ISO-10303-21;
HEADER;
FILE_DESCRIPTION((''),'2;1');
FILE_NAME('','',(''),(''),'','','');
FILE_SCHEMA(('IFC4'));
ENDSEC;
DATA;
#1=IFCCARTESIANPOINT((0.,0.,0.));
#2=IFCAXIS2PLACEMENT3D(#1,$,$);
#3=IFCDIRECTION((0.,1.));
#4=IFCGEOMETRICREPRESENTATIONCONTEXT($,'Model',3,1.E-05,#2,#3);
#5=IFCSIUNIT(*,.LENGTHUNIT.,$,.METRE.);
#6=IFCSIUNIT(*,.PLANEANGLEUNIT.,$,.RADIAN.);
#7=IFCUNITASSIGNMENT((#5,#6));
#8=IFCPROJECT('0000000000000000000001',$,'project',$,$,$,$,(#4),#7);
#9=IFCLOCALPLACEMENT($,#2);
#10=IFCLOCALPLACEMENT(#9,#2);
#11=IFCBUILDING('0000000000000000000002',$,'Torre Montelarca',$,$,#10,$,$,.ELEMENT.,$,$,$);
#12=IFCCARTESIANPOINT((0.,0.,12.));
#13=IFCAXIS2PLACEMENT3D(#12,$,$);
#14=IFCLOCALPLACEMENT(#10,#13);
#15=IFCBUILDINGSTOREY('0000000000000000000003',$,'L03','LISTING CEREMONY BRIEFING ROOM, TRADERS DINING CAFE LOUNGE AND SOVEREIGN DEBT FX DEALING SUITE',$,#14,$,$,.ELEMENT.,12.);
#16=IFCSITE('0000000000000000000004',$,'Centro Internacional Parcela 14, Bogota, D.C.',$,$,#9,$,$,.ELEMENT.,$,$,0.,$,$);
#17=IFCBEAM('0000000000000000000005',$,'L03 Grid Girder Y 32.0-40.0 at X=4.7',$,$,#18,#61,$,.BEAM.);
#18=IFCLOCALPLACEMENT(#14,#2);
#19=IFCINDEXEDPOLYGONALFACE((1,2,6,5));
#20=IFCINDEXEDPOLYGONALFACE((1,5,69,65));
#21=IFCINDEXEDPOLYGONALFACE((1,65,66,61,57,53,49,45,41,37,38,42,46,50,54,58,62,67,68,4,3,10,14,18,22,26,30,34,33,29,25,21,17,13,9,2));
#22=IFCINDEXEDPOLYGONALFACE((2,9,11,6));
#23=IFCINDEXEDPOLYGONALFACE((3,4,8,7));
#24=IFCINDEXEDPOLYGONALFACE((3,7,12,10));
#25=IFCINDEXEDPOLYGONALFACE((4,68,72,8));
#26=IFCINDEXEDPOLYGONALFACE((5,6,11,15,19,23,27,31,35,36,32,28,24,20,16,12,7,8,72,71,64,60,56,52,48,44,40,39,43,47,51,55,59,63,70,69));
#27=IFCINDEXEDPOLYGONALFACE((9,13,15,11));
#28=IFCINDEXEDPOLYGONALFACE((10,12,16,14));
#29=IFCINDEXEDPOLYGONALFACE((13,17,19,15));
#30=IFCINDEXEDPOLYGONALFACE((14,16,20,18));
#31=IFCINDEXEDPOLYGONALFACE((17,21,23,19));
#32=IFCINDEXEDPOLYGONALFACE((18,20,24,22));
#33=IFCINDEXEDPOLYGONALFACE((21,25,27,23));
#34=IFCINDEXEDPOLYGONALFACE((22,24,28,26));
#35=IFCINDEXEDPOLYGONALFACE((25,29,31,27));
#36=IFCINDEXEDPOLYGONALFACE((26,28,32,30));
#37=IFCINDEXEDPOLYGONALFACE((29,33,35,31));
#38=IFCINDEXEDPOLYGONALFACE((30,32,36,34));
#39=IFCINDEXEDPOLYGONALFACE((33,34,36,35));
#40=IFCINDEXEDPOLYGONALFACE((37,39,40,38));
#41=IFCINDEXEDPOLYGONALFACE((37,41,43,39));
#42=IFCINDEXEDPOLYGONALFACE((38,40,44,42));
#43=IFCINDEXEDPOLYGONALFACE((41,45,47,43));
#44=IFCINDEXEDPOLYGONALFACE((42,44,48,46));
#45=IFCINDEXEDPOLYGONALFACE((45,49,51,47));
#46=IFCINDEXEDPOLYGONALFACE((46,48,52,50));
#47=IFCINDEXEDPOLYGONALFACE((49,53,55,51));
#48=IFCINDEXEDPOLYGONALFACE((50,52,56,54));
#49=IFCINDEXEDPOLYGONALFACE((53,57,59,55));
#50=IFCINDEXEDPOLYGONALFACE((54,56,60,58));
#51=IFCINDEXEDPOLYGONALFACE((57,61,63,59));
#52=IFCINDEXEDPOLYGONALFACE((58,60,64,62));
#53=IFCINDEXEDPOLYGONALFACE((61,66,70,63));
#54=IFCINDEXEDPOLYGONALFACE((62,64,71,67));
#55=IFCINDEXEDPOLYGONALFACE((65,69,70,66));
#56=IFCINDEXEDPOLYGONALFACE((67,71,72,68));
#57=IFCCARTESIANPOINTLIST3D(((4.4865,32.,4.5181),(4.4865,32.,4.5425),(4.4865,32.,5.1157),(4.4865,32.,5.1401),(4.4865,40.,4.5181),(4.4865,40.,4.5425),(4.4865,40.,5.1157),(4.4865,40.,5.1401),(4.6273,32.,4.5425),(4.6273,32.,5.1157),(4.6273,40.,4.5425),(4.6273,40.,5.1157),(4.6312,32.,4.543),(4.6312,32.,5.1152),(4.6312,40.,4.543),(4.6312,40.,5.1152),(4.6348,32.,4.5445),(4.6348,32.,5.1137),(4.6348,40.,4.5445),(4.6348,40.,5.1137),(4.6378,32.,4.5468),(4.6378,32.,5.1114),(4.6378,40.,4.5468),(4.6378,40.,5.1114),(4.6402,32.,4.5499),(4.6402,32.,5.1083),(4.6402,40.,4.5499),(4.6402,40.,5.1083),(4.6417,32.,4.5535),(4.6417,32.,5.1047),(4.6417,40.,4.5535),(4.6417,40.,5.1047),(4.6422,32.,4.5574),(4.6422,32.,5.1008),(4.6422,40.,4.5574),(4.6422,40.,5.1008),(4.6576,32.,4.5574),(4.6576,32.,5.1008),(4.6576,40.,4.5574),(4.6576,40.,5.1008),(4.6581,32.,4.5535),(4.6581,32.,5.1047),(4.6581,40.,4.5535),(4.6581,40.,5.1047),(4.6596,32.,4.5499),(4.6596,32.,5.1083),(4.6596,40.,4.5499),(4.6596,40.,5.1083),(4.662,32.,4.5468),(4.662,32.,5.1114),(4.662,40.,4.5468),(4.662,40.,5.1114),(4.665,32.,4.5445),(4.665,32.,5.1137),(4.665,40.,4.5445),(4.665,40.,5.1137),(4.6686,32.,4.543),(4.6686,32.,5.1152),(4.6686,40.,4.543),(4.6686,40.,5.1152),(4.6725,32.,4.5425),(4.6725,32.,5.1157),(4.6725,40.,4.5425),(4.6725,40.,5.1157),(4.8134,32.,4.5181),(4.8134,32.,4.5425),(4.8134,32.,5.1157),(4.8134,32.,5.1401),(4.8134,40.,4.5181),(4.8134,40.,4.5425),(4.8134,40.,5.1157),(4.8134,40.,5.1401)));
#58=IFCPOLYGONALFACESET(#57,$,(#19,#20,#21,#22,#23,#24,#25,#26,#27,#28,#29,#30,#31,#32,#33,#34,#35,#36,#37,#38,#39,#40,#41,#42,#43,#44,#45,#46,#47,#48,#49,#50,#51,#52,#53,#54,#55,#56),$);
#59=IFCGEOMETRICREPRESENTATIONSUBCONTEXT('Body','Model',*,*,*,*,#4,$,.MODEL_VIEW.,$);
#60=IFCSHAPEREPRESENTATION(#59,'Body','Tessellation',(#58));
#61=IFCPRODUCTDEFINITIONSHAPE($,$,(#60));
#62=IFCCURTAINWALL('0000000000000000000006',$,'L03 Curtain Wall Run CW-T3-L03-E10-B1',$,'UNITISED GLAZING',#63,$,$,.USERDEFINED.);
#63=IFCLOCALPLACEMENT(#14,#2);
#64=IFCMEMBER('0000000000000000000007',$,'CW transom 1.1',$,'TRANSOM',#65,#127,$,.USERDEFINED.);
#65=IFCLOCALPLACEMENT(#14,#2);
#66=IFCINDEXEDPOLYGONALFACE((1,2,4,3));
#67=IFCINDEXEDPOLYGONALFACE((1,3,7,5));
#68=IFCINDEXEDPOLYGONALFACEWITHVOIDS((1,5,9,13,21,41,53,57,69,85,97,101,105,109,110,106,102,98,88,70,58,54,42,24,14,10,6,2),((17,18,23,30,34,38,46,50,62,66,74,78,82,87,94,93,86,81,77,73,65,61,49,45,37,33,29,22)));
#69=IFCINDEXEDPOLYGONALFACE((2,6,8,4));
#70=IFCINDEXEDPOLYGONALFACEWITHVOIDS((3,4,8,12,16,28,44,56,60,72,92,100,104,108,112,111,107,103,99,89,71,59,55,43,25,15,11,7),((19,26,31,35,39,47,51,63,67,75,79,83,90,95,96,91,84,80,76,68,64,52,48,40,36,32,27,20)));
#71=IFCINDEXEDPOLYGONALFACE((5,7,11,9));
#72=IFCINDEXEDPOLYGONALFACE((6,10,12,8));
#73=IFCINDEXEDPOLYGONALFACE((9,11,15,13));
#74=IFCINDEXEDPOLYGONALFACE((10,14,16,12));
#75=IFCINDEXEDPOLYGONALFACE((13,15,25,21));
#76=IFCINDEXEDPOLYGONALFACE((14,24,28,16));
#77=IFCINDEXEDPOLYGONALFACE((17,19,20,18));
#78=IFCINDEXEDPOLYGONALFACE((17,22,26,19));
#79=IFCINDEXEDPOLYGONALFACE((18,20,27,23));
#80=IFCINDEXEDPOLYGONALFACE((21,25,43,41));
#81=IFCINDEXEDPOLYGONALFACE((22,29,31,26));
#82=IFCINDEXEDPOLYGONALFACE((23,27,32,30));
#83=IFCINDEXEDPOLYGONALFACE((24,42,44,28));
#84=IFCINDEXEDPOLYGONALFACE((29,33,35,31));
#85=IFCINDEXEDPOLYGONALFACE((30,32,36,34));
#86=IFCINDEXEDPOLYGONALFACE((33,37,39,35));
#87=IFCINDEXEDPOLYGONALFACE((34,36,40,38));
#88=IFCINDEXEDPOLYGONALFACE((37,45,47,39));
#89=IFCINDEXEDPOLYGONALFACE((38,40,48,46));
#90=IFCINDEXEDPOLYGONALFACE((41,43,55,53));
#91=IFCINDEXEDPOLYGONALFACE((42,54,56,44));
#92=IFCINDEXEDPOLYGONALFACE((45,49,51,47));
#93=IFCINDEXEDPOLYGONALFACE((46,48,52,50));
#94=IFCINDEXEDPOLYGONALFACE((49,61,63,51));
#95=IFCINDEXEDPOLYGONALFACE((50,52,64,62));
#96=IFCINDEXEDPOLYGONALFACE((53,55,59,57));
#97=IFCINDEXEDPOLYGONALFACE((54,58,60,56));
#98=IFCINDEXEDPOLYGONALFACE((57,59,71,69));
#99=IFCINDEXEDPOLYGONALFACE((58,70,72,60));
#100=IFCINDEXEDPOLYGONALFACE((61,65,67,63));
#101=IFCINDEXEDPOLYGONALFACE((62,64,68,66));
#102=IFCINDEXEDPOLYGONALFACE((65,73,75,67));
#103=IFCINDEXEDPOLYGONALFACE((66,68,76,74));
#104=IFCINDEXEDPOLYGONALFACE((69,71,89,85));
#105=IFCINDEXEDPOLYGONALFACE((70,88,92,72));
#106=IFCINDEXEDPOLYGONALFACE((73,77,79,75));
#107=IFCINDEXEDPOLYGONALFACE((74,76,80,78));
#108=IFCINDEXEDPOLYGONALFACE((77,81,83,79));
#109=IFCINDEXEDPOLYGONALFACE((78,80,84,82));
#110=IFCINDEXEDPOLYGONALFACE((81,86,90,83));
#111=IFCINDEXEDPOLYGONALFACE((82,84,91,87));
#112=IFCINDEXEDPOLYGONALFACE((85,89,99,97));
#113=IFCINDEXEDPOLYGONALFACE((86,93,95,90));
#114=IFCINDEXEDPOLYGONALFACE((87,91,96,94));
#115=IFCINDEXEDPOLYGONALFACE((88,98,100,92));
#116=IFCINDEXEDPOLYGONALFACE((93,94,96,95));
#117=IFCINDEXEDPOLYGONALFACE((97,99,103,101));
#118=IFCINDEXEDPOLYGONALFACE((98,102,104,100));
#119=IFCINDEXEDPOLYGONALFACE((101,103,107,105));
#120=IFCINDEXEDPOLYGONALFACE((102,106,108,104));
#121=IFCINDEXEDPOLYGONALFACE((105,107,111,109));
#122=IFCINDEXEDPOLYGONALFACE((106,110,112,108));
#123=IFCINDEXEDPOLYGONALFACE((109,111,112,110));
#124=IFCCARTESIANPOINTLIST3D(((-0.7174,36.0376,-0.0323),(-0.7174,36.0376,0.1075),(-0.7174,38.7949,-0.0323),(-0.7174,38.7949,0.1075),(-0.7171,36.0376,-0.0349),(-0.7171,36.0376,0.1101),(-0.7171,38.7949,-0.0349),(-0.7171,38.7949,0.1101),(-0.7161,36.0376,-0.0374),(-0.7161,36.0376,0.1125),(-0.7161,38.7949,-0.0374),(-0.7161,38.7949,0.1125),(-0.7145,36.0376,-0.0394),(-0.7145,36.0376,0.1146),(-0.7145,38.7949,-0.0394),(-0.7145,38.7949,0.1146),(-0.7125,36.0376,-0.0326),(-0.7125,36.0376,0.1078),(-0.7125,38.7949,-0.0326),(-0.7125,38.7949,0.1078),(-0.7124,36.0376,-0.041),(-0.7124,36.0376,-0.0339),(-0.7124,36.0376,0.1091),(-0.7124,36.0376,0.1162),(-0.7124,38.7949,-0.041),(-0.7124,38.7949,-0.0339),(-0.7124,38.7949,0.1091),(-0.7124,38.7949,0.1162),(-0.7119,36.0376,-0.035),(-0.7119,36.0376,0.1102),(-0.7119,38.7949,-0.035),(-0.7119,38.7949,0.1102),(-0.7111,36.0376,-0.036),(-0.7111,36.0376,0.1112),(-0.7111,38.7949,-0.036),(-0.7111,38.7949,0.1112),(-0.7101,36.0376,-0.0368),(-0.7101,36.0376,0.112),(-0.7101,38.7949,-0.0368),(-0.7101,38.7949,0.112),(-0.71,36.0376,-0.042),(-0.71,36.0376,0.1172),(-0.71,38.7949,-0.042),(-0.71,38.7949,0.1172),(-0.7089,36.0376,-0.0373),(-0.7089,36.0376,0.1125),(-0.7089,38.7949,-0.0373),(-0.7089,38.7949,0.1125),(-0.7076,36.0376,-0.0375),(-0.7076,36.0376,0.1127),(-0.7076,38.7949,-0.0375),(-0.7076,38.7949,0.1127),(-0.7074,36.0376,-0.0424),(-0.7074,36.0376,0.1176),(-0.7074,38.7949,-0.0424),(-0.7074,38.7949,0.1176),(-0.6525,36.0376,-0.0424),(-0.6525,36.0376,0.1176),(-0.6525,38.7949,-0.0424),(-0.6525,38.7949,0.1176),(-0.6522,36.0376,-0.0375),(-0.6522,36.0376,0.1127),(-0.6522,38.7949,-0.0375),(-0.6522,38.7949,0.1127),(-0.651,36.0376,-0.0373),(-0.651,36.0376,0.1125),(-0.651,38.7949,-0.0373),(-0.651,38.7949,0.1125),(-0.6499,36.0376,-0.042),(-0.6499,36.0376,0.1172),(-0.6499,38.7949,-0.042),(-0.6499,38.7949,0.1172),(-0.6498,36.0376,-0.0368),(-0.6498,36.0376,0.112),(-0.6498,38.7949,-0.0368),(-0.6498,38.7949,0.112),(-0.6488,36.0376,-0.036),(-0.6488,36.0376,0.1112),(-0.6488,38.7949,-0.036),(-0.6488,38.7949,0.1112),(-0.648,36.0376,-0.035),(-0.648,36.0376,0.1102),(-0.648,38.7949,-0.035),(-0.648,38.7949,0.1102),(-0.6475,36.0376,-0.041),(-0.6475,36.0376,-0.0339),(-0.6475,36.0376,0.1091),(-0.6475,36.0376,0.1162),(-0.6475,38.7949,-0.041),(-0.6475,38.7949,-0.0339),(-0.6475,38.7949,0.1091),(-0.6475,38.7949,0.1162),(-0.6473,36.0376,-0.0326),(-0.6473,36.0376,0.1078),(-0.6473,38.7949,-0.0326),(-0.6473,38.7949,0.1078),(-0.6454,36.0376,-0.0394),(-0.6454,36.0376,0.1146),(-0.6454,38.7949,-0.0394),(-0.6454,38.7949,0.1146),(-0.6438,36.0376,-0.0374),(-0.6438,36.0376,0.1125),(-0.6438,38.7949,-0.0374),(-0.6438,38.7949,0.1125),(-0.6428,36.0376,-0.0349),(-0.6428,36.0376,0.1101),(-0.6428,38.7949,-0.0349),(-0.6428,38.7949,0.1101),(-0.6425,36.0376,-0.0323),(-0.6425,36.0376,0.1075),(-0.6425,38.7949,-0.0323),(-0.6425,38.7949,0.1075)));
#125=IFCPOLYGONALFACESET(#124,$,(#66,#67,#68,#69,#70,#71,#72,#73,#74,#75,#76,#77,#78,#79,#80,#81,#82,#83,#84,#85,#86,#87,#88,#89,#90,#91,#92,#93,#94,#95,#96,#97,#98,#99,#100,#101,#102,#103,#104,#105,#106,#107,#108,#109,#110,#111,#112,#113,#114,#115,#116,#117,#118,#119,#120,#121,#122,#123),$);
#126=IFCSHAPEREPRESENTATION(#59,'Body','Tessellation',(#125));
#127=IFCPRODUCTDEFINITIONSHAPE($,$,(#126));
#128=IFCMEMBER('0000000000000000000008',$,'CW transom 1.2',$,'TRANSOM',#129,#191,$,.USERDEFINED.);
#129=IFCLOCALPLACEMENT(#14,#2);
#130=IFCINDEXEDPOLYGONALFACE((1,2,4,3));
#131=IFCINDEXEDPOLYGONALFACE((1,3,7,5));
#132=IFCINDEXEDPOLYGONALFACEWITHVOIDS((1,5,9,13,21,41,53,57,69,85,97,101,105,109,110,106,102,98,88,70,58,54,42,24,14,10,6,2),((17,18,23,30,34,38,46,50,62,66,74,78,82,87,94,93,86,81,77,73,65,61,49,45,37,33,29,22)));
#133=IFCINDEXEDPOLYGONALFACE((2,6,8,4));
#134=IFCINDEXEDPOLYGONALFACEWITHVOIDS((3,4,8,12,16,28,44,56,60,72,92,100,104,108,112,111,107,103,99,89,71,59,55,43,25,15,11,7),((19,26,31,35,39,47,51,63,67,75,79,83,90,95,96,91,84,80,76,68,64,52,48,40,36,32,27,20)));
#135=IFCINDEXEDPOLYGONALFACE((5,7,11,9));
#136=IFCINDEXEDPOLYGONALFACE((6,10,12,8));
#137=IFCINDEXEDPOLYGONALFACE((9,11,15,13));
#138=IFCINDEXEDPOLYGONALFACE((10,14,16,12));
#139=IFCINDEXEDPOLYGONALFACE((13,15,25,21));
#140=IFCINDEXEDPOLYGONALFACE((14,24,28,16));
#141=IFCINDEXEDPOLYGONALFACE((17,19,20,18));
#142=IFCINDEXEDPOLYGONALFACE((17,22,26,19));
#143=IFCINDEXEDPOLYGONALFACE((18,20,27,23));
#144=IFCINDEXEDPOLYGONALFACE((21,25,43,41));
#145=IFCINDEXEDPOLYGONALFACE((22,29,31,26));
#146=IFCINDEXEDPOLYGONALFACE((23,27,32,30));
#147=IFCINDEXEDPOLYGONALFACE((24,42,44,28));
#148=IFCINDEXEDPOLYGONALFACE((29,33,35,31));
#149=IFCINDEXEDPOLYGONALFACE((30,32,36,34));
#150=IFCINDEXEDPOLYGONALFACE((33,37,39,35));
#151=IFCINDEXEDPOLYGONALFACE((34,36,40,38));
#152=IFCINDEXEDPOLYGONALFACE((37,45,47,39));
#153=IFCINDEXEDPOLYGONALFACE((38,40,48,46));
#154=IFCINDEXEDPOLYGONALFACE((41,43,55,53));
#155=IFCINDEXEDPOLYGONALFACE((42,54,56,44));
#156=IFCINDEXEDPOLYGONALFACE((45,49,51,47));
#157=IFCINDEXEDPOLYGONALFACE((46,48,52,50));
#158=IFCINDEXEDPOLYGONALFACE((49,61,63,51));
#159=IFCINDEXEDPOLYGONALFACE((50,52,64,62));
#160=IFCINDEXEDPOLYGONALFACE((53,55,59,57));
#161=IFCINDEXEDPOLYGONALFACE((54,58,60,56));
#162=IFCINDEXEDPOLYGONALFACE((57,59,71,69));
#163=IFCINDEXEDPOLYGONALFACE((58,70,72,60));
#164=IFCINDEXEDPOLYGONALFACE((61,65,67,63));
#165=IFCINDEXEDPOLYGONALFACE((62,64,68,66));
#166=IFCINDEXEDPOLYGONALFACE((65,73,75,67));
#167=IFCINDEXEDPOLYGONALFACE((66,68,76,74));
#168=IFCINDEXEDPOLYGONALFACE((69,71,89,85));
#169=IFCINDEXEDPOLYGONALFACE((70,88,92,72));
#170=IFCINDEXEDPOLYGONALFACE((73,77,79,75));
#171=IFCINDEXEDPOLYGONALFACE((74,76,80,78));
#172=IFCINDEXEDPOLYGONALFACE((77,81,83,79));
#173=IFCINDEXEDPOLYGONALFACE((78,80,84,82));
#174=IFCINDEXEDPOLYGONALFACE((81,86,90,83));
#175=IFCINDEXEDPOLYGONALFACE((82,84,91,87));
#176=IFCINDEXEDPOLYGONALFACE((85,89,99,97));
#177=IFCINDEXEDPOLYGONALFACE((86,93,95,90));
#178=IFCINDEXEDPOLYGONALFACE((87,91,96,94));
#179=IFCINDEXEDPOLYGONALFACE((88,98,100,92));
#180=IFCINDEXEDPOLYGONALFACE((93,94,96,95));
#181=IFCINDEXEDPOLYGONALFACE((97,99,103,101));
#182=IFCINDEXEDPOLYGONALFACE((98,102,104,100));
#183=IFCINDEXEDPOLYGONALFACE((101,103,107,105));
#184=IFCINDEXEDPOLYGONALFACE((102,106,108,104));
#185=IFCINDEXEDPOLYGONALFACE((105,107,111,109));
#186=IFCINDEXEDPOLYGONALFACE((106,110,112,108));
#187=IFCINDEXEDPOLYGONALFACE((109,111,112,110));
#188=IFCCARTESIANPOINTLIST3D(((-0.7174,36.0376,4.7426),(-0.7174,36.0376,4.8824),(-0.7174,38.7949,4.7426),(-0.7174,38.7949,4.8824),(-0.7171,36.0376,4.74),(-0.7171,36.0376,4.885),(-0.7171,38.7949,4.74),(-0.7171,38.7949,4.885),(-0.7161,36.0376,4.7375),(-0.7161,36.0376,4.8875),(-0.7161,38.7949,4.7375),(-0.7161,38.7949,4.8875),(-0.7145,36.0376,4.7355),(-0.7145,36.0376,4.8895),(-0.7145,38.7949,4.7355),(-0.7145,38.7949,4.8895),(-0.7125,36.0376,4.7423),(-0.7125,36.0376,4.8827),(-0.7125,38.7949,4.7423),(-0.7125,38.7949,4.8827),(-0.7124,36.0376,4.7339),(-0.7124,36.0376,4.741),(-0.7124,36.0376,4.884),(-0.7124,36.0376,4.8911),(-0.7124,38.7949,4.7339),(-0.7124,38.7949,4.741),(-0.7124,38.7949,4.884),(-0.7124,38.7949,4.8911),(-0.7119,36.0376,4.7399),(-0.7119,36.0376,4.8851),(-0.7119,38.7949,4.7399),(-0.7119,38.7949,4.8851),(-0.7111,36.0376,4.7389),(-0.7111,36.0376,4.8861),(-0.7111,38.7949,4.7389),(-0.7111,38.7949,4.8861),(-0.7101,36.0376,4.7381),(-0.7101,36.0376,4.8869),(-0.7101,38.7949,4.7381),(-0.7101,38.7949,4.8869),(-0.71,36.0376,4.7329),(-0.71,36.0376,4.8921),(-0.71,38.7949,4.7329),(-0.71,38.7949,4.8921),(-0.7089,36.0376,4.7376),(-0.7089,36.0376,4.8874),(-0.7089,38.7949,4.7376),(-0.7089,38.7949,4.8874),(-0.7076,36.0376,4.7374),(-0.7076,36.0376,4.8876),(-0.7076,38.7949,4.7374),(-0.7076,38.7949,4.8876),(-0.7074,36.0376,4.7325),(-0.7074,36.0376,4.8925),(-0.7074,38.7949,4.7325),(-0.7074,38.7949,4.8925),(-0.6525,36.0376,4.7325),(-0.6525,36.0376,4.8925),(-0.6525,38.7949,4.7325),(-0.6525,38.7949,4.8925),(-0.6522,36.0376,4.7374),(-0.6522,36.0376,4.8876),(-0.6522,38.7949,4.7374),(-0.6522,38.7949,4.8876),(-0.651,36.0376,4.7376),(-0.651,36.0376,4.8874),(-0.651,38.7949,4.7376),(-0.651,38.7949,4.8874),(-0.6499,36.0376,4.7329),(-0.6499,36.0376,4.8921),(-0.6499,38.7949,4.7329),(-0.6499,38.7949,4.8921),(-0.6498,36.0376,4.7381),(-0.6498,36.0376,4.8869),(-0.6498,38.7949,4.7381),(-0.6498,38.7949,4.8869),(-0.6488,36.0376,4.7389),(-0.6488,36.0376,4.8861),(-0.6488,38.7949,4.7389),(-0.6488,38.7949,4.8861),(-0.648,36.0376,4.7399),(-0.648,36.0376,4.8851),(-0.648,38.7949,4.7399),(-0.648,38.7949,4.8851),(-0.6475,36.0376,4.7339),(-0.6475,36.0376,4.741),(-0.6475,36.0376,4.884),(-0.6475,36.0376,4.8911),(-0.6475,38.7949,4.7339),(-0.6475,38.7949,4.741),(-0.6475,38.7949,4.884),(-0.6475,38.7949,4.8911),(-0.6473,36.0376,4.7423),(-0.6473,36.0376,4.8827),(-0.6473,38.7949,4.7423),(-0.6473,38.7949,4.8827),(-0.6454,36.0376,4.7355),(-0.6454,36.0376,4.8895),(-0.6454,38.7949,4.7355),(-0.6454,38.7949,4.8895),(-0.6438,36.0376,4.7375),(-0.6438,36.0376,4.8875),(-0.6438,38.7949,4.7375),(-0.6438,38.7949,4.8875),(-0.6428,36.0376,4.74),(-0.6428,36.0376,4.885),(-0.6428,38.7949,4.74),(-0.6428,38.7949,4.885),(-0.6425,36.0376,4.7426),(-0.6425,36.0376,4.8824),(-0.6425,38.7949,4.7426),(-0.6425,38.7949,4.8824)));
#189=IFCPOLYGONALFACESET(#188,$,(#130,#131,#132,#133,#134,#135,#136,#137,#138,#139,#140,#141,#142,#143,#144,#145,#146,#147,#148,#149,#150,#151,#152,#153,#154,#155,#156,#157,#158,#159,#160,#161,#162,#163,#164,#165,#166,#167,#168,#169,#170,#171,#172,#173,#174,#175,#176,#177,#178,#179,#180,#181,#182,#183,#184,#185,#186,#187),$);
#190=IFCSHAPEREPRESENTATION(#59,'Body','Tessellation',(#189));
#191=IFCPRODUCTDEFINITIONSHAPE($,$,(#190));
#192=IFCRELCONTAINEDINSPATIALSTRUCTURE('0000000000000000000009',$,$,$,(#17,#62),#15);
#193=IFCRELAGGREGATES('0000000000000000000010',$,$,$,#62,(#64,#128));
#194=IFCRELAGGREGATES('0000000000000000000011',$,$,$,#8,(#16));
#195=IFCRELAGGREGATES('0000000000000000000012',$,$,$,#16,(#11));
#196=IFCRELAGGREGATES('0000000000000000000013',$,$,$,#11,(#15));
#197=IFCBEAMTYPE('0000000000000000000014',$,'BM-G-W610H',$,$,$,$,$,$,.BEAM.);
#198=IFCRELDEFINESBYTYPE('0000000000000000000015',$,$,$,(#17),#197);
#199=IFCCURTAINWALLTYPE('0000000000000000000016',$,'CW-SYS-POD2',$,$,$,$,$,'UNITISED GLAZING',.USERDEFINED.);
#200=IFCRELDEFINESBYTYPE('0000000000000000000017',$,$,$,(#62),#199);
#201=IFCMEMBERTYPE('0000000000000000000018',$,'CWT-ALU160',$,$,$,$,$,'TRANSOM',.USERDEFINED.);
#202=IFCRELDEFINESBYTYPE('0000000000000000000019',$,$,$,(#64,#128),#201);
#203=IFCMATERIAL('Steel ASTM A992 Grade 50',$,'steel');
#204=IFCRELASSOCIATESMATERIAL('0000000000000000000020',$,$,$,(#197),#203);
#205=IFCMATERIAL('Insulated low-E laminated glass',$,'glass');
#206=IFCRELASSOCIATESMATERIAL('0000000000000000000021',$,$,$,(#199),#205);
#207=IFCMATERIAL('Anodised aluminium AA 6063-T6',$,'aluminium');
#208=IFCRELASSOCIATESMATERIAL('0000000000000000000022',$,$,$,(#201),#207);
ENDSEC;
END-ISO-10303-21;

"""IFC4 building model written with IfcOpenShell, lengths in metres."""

from ifc_helpers import new_model, si_unit, direction, frame, origin, origin_2d, place, context, subcontext, project, spatial, hollow_rectangle, i_section, extrude, source, transform, mapped, material, material_profile, profile_set, type_object, element, aggregate, save


model = new_model("IFC4")

# Units and contexts
model_context = context("Model", 3, precision=1e-05, world=origin(), true_north=direction((0.0, 1.0)))
body_context = subcontext(model_context, "Body", "Model", "MODEL_VIEW")
ifc_project = project(units=[si_unit("LENGTHUNIT", "METRE"), si_unit("PLANEANGLEUNIT", "RADIAN")], contexts=[model_context])

# Site, building, storey
site_placement = place(None, origin())
site = spatial("IfcSite", under=ifc_project, at=site_placement, Name="Centro Internacional Parcela 14, Bogota, D.C.", CompositionType="ELEMENT", RefElevation=0.0)
building_placement = place(site_placement, origin())
building = spatial("IfcBuilding", under=site, at=building_placement, Name="Torre Montelarca", CompositionType="ELEMENT")
storey_placement = place(building_placement, frame((0.0, 0.0, 12.0)))
storey = spatial("IfcBuildingStorey", under=building, at=storey_placement, Name="L03", Description="LISTING CEREMONY BRIEFING ROOM, TRADERS DINING CAFE LOUNGE AND SOVEREIGN DEBT FX DEALING SUITE", CompositionType="ELEMENT", Elevation=12.0)

# Beam
ifc_material_1 = material(Name="Steel ASTM A992 Grade 50", Category="steel")
ifc_material_profile_1 = material_profile(ifc_material_1, i_section(OverallWidth=0.3269, OverallDepth=0.6221, WebThickness=0.0154, FlangeThickness=0.0244, FilletRadius=0.0149, at=origin_2d()), Name="W610X195", Category="steel")
ifc_profile_set_1 = profile_set([ifc_material_profile_1], Name="Steel ASTM A992 Grade 50")
beam_type_1 = type_object("IfcBeamType", Name="BM-G-W610H", PredefinedType="BEAM", material=ifc_profile_set_1)
shared_shape_1 = source(origin(), body_context, "Body", "SweptSolid", [
    extrude(i_section(OverallWidth=0.3269, OverallDepth=0.6221, WebThickness=0.0154, FlangeThickness=0.0244, FilletRadius=0.0149, at=origin_2d()), origin(), (0.0, 0.0, 1.0), 8.0),
])
beam_1_placement = place(storey_placement, frame((4.6499, 32.0, 4.8291), z_axis=(0.0, 1.0, 0.0), x_axis=(-1.0, 0.0, 0.0)))
element("IfcBeam", 1, at=beam_1_placement, inside=storey, type_object=beam_type_1, Name="L03 Grid Girder Y 32.0-40.0 at X=4.7", PredefinedType="BEAM", context=body_context, shape_type="MappedRepresentation", body=[
    mapped(shared_shape_1, transform((0.0, 0.0, 0.0), scale=1.0)),
])

# Curtain wall, members
ifc_material_2 = material(Name="Insulated low-E laminated glass", Category="glass")
curtain_wall_type = type_object("IfcCurtainWallType", Name="CW-SYS-POD2", ElementType="UNITISED GLAZING", PredefinedType="USERDEFINED", material=ifc_material_2)
curtain_wall_1_placement = place(storey_placement, origin())
curtain_wall_1 = element("IfcCurtainWall", 2, at=curtain_wall_1_placement, inside=storey, type_object=curtain_wall_type, Name="L03 Curtain Wall Run CW-T3-L03-E10-B1", ObjectType="UNITISED GLAZING", PredefinedType="USERDEFINED")
ifc_material_3 = material(Name="Anodised aluminium AA 6063-T6", Category="aluminium")
ifc_material_profile_2 = material_profile(ifc_material_3, hollow_rectangle(XDim=0.075, YDim=0.1599, WallThickness=0.0049, InnerFilletRadius=0.0049, OuterFilletRadius=0.01, at=origin_2d()), Name="ALU75X160X5", Category="aluminium")
ifc_profile_set_2 = profile_set([ifc_material_profile_2], Name="Anodised aluminium AA 6063-T6")
member_type_1 = type_object("IfcMemberType", Name="CWT-ALU160", ElementType="TRANSOM", PredefinedType="USERDEFINED", material=ifc_profile_set_2)
shared_shape_2 = source(origin(), body_context, "Body", "SweptSolid", [
    extrude(hollow_rectangle(XDim=0.075, YDim=0.1599, WallThickness=0.0049, InnerFilletRadius=0.0049, OuterFilletRadius=0.01, at=origin_2d()), origin(), (0.0, 0.0, 1.0), 2.7573),
])
member_1_placement = place(storey_placement, frame((-0.6799, 38.7949, 0.0376), z_axis=(0.0, -1.0, 0.0), x_axis=(1.0, 0.0, 0.0)))
member_1 = element("IfcMember", 3, at=member_1_placement, type_object=member_type_1, Name="CW transom 1.1", ObjectType="TRANSOM", PredefinedType="USERDEFINED", context=body_context, shape_type="MappedRepresentation", body=[
    mapped(shared_shape_2, transform((0.0, 0.0, 0.0), scale=1.0)),
])
member_2_placement = place(storey_placement, frame((-0.6799, 38.7949, 4.8125), z_axis=(0.0, -1.0, 0.0), x_axis=(1.0, 0.0, 0.0)))
member_2 = element("IfcMember", 4, at=member_2_placement, type_object=member_type_1, Name="CW transom 1.2", ObjectType="TRANSOM", PredefinedType="USERDEFINED", context=body_context, shape_type="MappedRepresentation", body=[
    mapped(shared_shape_2, transform((0.0, 0.0, 0.0), scale=1.0)),
])

aggregate(curtain_wall_1, [member_1, member_2])

save(model, "model.ifc")
